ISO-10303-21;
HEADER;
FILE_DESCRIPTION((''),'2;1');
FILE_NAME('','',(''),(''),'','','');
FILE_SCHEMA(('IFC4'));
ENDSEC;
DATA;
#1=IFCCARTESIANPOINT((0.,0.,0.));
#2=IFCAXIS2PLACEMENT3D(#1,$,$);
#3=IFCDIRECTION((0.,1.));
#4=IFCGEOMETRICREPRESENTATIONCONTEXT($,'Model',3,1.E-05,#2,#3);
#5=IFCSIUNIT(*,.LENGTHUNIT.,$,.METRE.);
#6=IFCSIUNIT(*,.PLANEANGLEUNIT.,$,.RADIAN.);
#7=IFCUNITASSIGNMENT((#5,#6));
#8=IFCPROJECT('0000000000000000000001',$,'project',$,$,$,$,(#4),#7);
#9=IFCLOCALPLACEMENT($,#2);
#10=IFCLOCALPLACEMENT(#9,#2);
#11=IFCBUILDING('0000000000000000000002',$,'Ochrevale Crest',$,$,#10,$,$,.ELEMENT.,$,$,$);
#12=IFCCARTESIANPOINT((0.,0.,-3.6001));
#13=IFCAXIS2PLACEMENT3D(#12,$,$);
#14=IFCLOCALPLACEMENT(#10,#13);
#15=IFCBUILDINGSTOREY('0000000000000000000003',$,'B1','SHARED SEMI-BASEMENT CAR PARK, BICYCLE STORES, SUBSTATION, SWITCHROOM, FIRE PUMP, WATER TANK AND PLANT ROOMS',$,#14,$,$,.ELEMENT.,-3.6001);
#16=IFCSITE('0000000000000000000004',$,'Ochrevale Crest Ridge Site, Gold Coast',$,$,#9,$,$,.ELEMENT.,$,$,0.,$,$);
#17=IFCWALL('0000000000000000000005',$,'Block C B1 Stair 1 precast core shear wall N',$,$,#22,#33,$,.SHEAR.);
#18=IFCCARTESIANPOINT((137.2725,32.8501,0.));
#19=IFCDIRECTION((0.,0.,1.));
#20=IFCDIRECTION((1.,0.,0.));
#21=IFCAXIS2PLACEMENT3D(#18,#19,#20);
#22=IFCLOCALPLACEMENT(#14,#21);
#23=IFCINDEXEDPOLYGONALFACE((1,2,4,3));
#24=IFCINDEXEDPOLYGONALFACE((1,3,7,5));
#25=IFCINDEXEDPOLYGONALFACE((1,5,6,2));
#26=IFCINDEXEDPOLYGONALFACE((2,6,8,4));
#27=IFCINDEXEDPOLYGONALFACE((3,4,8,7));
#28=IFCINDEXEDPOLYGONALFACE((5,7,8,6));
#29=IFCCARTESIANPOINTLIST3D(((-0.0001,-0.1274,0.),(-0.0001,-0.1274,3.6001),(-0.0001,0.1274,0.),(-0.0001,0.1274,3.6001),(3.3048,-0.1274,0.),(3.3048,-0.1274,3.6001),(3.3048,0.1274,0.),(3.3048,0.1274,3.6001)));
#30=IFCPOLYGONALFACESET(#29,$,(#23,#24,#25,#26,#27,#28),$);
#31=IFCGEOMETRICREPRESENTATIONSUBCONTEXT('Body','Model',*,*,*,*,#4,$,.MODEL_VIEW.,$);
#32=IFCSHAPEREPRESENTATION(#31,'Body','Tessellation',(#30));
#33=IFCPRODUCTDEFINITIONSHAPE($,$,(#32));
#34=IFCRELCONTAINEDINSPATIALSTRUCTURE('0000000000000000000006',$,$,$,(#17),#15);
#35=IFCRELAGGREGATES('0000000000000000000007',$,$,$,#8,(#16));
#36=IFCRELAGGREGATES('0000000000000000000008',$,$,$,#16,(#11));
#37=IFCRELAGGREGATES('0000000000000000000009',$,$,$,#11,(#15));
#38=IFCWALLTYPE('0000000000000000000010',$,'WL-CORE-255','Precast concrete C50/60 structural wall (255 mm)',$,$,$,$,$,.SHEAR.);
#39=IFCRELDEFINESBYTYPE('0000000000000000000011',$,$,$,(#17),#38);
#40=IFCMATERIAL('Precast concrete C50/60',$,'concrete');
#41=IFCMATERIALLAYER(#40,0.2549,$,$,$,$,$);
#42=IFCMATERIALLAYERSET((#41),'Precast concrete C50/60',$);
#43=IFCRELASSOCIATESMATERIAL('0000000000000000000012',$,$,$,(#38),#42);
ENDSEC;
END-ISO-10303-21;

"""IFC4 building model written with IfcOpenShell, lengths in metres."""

from ifc_helpers import new_model, si_unit, direction, frame, frame_2d, origin, place, context, subcontext, project, spatial, rectangle, extrude, material, layer, layer_set, type_object, element, save


model = new_model("IFC4")

# Units and contexts
model_context = context("Model", 3, precision=1e-05, world=origin(), true_north=direction((0.0, 1.0)))
body_context = subcontext(model_context, "Body", "Model", "MODEL_VIEW")
ifc_project = project(units=[si_unit("LENGTHUNIT", "METRE"), si_unit("PLANEANGLEUNIT", "RADIAN")], contexts=[model_context])

# Site, building, storey
site_placement = place(None, origin())
site = spatial("IfcSite", under=ifc_project, at=site_placement, Name="Ochrevale Crest Ridge Site, Gold Coast", CompositionType="ELEMENT", RefElevation=0.0)
building_placement = place(site_placement, origin())
building = spatial("IfcBuilding", under=site, at=building_placement, Name="Ochrevale Crest", CompositionType="ELEMENT")
storey_placement = place(building_placement, frame((0.0, 0.0, -3.6001)))
storey = spatial("IfcBuildingStorey", under=building, at=storey_placement, Name="B1", Description="SHARED SEMI-BASEMENT CAR PARK, BICYCLE STORES, SUBSTATION, SWITCHROOM, FIRE PUMP, WATER TANK AND PLANT ROOMS", CompositionType="ELEMENT", Elevation=-3.6001)

# Shared definitions
ifc_material_1 = material(Name="Precast concrete C50/60", Category="concrete")

# Wall
ifc_layer = layer(ifc_material_1, 0.2549)
ifc_layer_set = layer_set([ifc_layer], Name="Precast concrete C50/60")
wall_type = type_object("IfcWallType", Name="WL-CORE-255", Description="Precast concrete C50/60 structural wall (255 mm)", PredefinedType="SHEAR", material=ifc_layer_set)
wall_placement = place(storey_placement, frame((137.2725, 32.8501, 0.0), z_axis=(0.0, 0.0, 1.0), x_axis=(1.0, 0.0, 0.0)))
element("IfcWall", 1, at=wall_placement, inside=storey, type_object=wall_type, Name="Block C B1 Stair 1 precast core shear wall N", PredefinedType="SHEAR", context=body_context, shape_type="SweptSolid", body=[
    extrude(rectangle(XDim=3.3049, YDim=0.2549, at=frame_2d((1.6523, 0.0))), origin(), (0.0, 0.0, 1.0), 3.6001),
])

save(model, "model.ifc")
